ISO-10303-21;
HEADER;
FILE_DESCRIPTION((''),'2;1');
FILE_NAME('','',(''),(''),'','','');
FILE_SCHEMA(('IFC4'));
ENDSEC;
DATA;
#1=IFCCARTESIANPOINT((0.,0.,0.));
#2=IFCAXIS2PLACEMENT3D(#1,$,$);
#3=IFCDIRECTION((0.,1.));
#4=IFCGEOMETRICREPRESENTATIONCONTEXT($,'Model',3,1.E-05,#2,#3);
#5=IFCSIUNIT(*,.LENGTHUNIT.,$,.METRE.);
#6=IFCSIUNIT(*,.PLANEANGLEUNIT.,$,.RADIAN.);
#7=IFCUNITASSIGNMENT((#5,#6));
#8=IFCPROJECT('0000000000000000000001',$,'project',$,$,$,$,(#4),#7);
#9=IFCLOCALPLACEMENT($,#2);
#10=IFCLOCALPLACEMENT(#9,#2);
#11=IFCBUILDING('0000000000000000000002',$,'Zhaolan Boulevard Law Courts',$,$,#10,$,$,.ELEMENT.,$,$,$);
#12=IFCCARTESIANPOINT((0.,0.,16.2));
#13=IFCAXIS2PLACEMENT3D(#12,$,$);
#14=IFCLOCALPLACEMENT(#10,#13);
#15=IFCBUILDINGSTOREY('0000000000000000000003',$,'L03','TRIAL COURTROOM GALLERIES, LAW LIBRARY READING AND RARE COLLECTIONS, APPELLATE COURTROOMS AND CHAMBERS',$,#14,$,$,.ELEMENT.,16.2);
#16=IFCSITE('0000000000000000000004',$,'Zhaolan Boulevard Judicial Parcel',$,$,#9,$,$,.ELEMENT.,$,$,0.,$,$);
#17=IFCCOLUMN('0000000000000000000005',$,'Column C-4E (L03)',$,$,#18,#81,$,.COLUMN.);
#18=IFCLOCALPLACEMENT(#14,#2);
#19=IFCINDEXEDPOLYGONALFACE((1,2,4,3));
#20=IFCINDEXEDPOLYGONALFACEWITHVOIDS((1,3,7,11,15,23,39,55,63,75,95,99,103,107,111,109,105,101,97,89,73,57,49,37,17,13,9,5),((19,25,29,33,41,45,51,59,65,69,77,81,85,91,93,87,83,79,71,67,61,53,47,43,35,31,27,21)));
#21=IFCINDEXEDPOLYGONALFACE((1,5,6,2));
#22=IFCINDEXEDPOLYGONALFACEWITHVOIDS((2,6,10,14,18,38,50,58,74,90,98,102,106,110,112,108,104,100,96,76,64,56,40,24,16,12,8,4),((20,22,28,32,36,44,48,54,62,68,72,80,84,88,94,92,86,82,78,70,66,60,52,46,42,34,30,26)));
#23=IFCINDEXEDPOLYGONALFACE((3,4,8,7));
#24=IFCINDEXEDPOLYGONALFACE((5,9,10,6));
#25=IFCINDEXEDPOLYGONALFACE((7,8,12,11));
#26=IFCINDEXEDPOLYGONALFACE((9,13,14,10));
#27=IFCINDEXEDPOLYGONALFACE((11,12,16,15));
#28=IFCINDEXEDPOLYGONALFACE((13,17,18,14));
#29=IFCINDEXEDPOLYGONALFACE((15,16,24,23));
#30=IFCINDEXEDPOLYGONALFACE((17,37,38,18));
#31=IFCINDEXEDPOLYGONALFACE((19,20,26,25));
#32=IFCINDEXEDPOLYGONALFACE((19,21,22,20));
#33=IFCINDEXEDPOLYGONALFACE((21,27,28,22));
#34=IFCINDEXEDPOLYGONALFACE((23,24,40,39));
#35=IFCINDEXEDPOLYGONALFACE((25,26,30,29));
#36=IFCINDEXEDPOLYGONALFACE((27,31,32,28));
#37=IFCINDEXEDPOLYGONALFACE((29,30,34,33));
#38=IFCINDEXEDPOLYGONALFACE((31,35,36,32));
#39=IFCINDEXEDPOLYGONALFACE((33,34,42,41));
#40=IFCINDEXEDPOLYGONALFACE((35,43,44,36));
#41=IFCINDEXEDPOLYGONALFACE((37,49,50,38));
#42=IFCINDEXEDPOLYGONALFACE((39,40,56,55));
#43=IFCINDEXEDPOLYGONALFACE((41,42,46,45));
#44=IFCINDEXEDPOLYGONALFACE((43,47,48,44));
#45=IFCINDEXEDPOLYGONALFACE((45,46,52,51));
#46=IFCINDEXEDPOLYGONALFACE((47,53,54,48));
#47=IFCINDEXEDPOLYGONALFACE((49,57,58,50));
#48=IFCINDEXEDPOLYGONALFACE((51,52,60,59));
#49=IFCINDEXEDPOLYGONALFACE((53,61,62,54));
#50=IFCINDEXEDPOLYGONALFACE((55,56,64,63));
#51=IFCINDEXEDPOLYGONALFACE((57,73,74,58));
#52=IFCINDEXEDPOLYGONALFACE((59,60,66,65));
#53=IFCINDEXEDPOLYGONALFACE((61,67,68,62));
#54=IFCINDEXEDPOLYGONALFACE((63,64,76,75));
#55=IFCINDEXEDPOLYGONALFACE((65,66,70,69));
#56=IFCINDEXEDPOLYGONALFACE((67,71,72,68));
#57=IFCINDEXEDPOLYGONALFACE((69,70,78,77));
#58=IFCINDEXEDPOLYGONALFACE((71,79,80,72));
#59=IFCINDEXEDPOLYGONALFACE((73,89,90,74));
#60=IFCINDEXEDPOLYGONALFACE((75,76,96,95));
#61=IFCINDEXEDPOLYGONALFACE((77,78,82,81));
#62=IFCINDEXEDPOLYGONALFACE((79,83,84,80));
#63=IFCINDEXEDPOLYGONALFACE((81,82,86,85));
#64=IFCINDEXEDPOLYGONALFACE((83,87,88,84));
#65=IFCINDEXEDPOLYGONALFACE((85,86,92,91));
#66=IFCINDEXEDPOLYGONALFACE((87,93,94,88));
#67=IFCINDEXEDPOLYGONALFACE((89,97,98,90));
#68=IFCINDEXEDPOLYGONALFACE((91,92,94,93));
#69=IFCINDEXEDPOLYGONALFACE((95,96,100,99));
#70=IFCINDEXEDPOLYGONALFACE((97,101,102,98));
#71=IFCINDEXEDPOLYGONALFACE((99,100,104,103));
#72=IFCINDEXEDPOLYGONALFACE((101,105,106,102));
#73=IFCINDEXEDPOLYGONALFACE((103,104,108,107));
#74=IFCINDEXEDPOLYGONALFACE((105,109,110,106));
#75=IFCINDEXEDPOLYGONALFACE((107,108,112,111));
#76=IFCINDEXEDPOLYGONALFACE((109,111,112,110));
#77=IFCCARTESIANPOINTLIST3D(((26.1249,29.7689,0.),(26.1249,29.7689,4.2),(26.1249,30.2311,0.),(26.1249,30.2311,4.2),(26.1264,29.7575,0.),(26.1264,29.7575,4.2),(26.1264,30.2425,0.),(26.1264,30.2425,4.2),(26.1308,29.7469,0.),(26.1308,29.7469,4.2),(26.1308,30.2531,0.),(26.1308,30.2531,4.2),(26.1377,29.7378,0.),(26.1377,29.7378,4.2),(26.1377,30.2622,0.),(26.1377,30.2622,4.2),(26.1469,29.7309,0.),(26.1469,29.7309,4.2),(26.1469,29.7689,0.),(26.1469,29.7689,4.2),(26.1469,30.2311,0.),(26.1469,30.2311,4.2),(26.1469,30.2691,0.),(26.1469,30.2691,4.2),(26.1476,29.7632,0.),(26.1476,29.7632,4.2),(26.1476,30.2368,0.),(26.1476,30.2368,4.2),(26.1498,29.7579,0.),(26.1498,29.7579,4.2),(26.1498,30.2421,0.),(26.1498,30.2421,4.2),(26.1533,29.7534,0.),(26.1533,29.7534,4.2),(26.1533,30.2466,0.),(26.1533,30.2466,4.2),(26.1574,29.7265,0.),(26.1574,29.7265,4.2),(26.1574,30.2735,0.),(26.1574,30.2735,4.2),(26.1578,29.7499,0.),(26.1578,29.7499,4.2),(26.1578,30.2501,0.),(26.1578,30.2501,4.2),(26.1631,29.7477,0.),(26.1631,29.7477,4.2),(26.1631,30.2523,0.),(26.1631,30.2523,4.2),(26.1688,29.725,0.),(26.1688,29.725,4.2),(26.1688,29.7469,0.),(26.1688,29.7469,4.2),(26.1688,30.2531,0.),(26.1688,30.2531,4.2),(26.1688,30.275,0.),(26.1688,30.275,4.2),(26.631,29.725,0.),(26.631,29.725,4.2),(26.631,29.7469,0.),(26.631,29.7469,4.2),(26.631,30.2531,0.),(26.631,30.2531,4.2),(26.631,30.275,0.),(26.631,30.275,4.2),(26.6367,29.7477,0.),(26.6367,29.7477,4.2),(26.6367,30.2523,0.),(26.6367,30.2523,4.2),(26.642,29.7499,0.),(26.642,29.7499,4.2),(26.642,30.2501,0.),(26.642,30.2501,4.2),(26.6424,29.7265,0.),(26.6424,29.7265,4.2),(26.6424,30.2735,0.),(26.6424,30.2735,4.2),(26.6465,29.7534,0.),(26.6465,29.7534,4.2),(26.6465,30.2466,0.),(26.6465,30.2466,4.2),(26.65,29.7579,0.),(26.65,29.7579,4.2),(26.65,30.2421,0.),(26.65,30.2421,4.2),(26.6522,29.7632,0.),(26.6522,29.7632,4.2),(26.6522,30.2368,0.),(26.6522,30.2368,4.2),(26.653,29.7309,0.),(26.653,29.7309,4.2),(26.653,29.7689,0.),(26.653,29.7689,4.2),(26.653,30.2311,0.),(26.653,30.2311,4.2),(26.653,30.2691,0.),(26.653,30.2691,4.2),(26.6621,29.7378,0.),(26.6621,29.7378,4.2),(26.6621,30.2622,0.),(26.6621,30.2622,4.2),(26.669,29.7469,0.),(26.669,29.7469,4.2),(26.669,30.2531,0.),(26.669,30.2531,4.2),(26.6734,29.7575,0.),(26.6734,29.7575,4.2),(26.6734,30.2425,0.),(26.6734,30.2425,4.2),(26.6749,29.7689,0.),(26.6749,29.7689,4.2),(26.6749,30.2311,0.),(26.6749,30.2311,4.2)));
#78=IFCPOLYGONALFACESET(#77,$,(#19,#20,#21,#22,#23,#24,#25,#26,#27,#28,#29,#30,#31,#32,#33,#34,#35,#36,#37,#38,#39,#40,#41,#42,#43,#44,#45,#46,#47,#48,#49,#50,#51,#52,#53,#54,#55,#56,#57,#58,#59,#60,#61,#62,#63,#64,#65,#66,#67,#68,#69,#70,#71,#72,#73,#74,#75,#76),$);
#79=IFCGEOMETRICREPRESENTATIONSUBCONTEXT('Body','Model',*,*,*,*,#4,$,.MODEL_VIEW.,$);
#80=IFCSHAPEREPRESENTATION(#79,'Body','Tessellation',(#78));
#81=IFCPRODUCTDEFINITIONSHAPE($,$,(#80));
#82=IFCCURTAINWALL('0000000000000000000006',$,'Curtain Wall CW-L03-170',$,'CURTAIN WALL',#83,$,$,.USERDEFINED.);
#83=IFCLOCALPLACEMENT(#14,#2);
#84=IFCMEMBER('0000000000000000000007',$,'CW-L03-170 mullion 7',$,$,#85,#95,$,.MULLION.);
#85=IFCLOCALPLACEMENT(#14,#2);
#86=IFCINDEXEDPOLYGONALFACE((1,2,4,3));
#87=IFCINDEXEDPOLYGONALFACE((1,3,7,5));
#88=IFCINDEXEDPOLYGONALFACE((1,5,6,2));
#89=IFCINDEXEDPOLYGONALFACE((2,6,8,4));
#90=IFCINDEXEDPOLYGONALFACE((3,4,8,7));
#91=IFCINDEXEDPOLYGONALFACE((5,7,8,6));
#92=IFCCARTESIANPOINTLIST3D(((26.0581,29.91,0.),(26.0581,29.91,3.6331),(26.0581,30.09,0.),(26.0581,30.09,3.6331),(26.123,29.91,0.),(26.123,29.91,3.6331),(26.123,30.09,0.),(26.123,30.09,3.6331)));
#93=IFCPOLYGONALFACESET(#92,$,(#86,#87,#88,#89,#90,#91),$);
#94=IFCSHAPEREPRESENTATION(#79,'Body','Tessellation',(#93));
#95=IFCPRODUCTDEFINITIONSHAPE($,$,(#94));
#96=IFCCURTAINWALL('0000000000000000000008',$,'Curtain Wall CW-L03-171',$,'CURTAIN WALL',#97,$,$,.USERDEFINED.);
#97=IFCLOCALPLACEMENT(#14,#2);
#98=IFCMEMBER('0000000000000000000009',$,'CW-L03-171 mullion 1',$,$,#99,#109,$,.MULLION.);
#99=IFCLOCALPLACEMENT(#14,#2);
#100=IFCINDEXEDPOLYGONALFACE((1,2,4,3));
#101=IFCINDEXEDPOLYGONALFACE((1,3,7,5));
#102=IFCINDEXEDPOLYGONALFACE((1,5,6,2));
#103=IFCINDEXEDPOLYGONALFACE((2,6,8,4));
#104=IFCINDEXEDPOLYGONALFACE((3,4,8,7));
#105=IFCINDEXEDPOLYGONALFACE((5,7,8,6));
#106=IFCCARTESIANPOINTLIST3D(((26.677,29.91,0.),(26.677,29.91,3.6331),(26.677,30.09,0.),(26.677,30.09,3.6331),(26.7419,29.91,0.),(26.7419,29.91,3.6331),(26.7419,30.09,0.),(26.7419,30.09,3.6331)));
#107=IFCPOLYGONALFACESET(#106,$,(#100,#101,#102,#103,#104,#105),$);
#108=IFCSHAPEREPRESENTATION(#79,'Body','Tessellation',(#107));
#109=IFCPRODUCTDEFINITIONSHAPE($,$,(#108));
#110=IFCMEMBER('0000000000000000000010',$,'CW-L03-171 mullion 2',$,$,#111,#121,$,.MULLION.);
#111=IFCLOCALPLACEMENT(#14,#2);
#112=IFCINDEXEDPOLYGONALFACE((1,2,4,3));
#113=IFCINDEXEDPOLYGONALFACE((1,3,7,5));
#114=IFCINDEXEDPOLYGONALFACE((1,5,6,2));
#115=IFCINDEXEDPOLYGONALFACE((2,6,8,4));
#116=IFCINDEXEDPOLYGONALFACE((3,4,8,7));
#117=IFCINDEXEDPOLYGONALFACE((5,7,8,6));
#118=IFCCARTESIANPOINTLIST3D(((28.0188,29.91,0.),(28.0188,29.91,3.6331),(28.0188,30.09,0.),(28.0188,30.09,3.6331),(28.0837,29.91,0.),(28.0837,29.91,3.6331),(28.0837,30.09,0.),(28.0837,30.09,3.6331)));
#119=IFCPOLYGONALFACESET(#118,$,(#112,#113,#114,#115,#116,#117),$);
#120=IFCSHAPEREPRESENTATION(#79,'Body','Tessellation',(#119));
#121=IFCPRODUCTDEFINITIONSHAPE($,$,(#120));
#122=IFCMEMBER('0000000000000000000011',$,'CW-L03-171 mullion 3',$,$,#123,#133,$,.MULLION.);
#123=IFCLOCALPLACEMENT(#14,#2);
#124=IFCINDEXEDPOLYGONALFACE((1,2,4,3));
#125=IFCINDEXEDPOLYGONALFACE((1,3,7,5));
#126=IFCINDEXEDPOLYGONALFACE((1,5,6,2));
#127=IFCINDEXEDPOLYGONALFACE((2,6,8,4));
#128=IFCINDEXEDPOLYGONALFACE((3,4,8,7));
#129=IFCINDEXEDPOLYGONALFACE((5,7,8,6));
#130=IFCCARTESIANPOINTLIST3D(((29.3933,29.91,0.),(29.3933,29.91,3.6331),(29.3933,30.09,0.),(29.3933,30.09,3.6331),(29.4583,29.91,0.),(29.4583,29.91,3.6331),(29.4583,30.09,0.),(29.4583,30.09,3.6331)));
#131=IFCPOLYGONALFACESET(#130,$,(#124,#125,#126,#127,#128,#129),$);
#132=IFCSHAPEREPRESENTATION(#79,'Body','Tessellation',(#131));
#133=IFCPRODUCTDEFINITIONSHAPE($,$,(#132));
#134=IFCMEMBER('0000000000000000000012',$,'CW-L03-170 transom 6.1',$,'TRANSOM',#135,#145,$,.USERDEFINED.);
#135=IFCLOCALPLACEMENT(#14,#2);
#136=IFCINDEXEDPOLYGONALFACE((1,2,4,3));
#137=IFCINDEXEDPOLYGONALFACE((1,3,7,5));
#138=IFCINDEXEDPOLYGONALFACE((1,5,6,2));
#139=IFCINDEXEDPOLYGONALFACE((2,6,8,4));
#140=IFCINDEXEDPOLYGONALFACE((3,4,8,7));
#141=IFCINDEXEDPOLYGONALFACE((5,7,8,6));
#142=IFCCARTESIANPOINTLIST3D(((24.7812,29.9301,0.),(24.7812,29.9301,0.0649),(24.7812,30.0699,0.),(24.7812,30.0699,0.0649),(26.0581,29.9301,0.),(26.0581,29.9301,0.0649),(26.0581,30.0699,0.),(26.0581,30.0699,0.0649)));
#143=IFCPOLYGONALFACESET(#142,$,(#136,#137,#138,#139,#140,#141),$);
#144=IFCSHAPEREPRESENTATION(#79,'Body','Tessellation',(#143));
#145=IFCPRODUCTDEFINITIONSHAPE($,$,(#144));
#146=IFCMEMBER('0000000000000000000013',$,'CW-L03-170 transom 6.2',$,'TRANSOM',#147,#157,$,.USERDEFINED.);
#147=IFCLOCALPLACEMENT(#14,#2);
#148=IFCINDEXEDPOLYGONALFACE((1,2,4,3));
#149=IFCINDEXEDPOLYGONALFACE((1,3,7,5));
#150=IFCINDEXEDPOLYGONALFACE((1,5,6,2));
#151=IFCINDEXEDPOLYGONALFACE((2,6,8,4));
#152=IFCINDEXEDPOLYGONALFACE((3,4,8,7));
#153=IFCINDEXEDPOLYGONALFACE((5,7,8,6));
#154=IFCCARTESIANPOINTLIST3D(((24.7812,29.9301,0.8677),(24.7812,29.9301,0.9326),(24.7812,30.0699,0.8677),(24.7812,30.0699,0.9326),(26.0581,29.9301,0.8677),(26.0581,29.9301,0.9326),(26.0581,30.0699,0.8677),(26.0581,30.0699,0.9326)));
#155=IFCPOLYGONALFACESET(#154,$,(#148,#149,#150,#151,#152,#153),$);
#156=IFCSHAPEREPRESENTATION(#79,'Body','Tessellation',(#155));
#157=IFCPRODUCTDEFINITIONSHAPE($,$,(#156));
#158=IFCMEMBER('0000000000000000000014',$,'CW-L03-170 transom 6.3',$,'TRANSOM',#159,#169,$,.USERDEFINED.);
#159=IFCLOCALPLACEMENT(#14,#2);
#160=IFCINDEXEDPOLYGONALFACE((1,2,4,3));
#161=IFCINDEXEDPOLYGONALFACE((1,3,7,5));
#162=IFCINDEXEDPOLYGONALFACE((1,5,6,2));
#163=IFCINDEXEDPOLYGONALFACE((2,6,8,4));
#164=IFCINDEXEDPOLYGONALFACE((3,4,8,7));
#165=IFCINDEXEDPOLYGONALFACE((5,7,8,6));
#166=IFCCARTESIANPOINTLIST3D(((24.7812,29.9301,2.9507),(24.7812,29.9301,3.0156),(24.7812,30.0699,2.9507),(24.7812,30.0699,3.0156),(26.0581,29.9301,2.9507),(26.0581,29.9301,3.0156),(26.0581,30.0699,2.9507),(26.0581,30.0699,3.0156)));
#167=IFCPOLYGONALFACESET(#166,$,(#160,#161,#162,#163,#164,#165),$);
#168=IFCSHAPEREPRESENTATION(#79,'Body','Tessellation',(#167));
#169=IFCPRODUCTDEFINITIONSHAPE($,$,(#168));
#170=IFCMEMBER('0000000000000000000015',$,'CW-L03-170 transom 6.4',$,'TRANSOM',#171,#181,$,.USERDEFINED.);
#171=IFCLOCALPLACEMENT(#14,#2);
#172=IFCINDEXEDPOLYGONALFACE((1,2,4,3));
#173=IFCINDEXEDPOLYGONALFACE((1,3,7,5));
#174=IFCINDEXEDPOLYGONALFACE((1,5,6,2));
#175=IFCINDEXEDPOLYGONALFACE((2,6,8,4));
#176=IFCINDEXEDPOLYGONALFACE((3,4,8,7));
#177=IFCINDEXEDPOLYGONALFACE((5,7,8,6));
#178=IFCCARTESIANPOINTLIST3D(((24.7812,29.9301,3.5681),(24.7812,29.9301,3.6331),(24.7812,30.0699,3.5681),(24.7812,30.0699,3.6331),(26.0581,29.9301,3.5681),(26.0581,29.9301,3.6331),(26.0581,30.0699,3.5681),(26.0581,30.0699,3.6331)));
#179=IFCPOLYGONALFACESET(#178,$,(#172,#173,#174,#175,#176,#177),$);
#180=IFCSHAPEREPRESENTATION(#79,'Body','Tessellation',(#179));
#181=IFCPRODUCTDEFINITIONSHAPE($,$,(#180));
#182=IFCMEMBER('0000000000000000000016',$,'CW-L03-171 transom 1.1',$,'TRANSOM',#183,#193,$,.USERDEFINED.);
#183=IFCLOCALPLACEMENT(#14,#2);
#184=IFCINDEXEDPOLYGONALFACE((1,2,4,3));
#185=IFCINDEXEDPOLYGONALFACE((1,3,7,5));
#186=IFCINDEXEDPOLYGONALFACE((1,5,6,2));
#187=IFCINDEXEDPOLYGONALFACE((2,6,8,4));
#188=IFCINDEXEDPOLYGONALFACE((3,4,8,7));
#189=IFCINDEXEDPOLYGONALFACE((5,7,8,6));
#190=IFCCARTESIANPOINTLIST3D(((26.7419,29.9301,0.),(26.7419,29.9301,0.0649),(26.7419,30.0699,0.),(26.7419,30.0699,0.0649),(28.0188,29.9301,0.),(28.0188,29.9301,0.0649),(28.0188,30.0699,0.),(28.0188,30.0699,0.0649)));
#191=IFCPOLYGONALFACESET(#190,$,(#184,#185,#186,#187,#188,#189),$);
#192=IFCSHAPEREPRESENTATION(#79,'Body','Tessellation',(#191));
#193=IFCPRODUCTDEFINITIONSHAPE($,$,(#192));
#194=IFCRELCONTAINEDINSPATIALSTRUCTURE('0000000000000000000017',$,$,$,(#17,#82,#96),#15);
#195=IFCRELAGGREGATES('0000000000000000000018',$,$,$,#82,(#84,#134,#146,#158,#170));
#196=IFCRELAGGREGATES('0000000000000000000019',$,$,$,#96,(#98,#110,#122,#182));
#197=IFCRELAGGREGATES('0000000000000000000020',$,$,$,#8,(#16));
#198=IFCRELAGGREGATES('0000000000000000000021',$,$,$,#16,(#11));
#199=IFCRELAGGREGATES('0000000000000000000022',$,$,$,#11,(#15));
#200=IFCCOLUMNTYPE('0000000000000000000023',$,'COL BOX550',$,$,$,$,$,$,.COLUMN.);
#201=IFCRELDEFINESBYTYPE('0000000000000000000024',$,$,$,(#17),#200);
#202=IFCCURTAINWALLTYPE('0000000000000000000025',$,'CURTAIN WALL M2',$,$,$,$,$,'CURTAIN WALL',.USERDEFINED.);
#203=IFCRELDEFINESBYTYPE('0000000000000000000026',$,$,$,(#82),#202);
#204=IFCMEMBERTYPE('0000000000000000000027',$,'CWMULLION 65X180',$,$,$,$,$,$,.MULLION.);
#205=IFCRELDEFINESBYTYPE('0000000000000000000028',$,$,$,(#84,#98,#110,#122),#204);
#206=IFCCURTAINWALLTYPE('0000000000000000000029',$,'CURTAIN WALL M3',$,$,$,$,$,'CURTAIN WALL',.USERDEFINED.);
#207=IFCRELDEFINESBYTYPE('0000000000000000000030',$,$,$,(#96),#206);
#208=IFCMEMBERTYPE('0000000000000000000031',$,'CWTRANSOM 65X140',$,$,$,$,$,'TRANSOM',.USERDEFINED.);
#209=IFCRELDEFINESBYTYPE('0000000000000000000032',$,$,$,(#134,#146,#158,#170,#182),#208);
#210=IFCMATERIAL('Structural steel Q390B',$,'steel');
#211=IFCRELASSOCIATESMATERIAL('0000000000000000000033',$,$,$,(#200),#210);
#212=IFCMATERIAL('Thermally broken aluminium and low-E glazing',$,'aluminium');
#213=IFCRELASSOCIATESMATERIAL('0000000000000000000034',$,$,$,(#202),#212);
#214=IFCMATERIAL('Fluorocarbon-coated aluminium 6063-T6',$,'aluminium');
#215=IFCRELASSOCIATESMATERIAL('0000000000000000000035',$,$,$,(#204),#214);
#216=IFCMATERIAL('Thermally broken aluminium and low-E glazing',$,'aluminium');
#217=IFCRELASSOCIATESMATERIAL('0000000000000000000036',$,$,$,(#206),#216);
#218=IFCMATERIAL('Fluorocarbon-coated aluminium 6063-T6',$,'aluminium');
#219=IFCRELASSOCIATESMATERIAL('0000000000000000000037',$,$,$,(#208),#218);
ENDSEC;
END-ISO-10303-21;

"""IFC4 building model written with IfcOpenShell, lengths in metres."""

from ifc_helpers import new_model, si_unit, direction, frame, origin, origin_2d, place, context, subcontext, project, spatial, rectangle, hollow_rectangle, extrude, material, material_profile, profile_set, type_object, element, aggregate, save


model = new_model("IFC4")

# Units and contexts
model_context = context("Model", 3, precision=1e-05, world=origin(), true_north=direction((0.0, 1.0)))
body_context = subcontext(model_context, "Body", "Model", "MODEL_VIEW")
ifc_project = project(units=[si_unit("LENGTHUNIT", "METRE"), si_unit("PLANEANGLEUNIT", "RADIAN")], contexts=[model_context])

# Site, building, storey
site_placement = place(None, origin())
site = spatial("IfcSite", under=ifc_project, at=site_placement, Name="Zhaolan Boulevard Judicial Parcel", CompositionType="ELEMENT", RefElevation=0.0)
building_placement = place(site_placement, origin())
building = spatial("IfcBuilding", under=site, at=building_placement, Name="Zhaolan Boulevard Law Courts", CompositionType="ELEMENT")
storey_placement = place(building_placement, frame((0.0, 0.0, 16.2)))
storey = spatial("IfcBuildingStorey", under=building, at=storey_placement, Name="L03", Description="TRIAL COURTROOM GALLERIES, LAW LIBRARY READING AND RARE COLLECTIONS, APPELLATE COURTROOMS AND CHAMBERS", CompositionType="ELEMENT", Elevation=16.2)

# Column
ifc_material_1 = material(Name="Structural steel Q390B", Category="steel")
ifc_material_profile_1 = material_profile(ifc_material_1, hollow_rectangle(XDim=0.55, YDim=0.55, WallThickness=0.022, InnerFilletRadius=0.022, OuterFilletRadius=0.0439, at=origin_2d()), Name="BOX550x550x22")
ifc_profile_set_1 = profile_set([ifc_material_profile_1], Name="Structural steel Q390B")
column_type = type_object("IfcColumnType", Name="COL BOX550", PredefinedType="COLUMN", material=ifc_profile_set_1)
column_placement = place(storey_placement, frame((26.3999, 30.0, 0.0), z_axis=(0.0, 0.0, 1.0), x_axis=(1.0, 0.0, 0.0)))
element("IfcColumn", 1, at=column_placement, inside=storey, type_object=column_type, Name="Column C-4E (L03)", PredefinedType="COLUMN", context=body_context, shape_type="SweptSolid", body=[
    extrude(hollow_rectangle(XDim=0.55, YDim=0.55, WallThickness=0.022, InnerFilletRadius=0.022, OuterFilletRadius=0.0439, at=origin_2d()), origin(), (0.0, 0.0, 1.0), 4.2),
])

# Curtain wall, member
ifc_material_2 = material(Name="Thermally broken aluminium and low-E glazing", Category="aluminium")
curtain_wall_type_1 = type_object("IfcCurtainWallType", Name="CURTAIN WALL M2", ElementType="CURTAIN WALL", PredefinedType="USERDEFINED", material=ifc_material_2)
curtain_wall_1_placement = place(storey_placement, origin())
curtain_wall_1 = element("IfcCurtainWall", 2, at=curtain_wall_1_placement, inside=storey, type_object=curtain_wall_type_1, Name="Curtain Wall CW-L03-170", ObjectType="CURTAIN WALL", PredefinedType="USERDEFINED")
ifc_material_3 = material(Name="Fluorocarbon-coated aluminium 6063-T6", Category="aluminium")
ifc_material_profile_2 = material_profile(ifc_material_3, rectangle(XDim=0.1799, YDim=0.0649, at=origin_2d()), Name="AL65x180")
ifc_profile_set_2 = profile_set([ifc_material_profile_2], Name="Fluorocarbon-coated aluminium 6063-T6")
member_type_1 = type_object("IfcMemberType", Name="CWMULLION 65X180", PredefinedType="MULLION", material=ifc_profile_set_2)
member_1_placement = place(storey_placement, frame((26.0906, 30.0, 0.0), z_axis=(0.0, 0.0, 1.0), x_axis=(0.0, 1.0, 0.0)))
member_1 = element("IfcMember", 3, at=member_1_placement, type_object=member_type_1, Name="CW-L03-170 mullion 7", PredefinedType="MULLION", context=body_context, shape_type="SweptSolid", body=[
    extrude(rectangle(XDim=0.1799, YDim=0.0649, at=origin_2d()), origin(), (0.0, 0.0, 1.0), 3.6331),
])

# Curtain wall, members
ifc_material_4 = material(Name="Thermally broken aluminium and low-E glazing", Category="aluminium")
curtain_wall_type_2 = type_object("IfcCurtainWallType", Name="CURTAIN WALL M3", ElementType="CURTAIN WALL", PredefinedType="USERDEFINED", material=ifc_material_4)
curtain_wall_2_placement = place(storey_placement, origin())
curtain_wall_2 = element("IfcCurtainWall", 4, at=curtain_wall_2_placement, inside=storey, type_object=curtain_wall_type_2, Name="Curtain Wall CW-L03-171", ObjectType="CURTAIN WALL", PredefinedType="USERDEFINED")
member_2_placement = place(storey_placement, frame((26.7095, 30.0, 0.0), z_axis=(0.0, 0.0, 1.0), x_axis=(0.0, 1.0, 0.0)))
member_2 = element("IfcMember", 5, at=member_2_placement, type_object=member_type_1, Name="CW-L03-171 mullion 1", PredefinedType="MULLION", context=body_context, shape_type="SweptSolid", body=[
    extrude(rectangle(XDim=0.1799, YDim=0.0649, at=origin_2d()), origin(), (0.0, 0.0, 1.0), 3.6331),
])
member_3_placement = place(storey_placement, frame((28.0513, 30.0, 0.0), z_axis=(0.0, 0.0, 1.0), x_axis=(0.0, 1.0, 0.0)))
member_3 = element("IfcMember", 6, at=member_3_placement, type_object=member_type_1, Name="CW-L03-171 mullion 2", PredefinedType="MULLION", context=body_context, shape_type="SweptSolid", body=[
    extrude(rectangle(XDim=0.1799, YDim=0.0649, at=origin_2d()), origin(), (0.0, 0.0, 1.0), 3.6331),
])
member_4_placement = place(storey_placement, frame((29.4258, 30.0, 0.0), z_axis=(0.0, 0.0, 1.0), x_axis=(0.0, 1.0, 0.0)))
member_4 = element("IfcMember", 7, at=member_4_placement, type_object=member_type_1, Name="CW-L03-171 mullion 3", PredefinedType="MULLION", context=body_context, shape_type="SweptSolid", body=[
    extrude(rectangle(XDim=0.1799, YDim=0.0649, at=origin_2d()), origin(), (0.0, 0.0, 1.0), 3.6331),
])

# Members
ifc_material_5 = material(Name="Fluorocarbon-coated aluminium 6063-T6", Category="aluminium")
ifc_material_profile_3 = material_profile(ifc_material_5, rectangle(XDim=0.1399, YDim=0.0649, at=origin_2d()), Name="AL65x140")
ifc_profile_set_3 = profile_set([ifc_material_profile_3], Name="Fluorocarbon-coated aluminium 6063-T6")
member_type_2 = type_object("IfcMemberType", Name="CWTRANSOM 65X140", ElementType="TRANSOM", PredefinedType="USERDEFINED", material=ifc_profile_set_3)
member_5_placement = place(storey_placement, frame((24.7812, 30.0, 0.0325), z_axis=(1.0, 0.0, 0.0), x_axis=(0.0, 1.0, 0.0)))
member_5 = element("IfcMember", 8, at=member_5_placement, type_object=member_type_2, Name="CW-L03-170 transom 6.1", ObjectType="TRANSOM", PredefinedType="USERDEFINED", context=body_context, shape_type="SweptSolid", body=[
    extrude(rectangle(XDim=0.1399, YDim=0.0649, at=origin_2d()), origin(), (0.0, 0.0, 1.0), 1.2769),
])
member_6_placement = place(storey_placement, frame((24.7812, 30.0, 0.9001), z_axis=(1.0, 0.0, 0.0), x_axis=(0.0, 1.0, 0.0)))
member_6 = element("IfcMember", 9, at=member_6_placement, type_object=member_type_2, Name="CW-L03-170 transom 6.2", ObjectType="TRANSOM", PredefinedType="USERDEFINED", context=body_context, shape_type="SweptSolid", body=[
    extrude(rectangle(XDim=0.1399, YDim=0.0649, at=origin_2d()), origin(), (0.0, 0.0, 1.0), 1.2769),
])
member_7_placement = place(storey_placement, frame((24.7812, 30.0, 2.9832), z_axis=(1.0, 0.0, 0.0), x_axis=(0.0, 1.0, 0.0)))
member_7 = element("IfcMember", 10, at=member_7_placement, type_object=member_type_2, Name="CW-L03-170 transom 6.3", ObjectType="TRANSOM", PredefinedType="USERDEFINED", context=body_context, shape_type="SweptSolid", body=[
    extrude(rectangle(XDim=0.1399, YDim=0.0649, at=origin_2d()), origin(), (0.0, 0.0, 1.0), 1.2769),
])
member_8_placement = place(storey_placement, frame((24.7812, 30.0, 3.6006), z_axis=(1.0, 0.0, 0.0), x_axis=(0.0, 1.0, 0.0)))
member_8 = element("IfcMember", 11, at=member_8_placement, type_object=member_type_2, Name="CW-L03-170 transom 6.4", ObjectType="TRANSOM", PredefinedType="USERDEFINED", context=body_context, shape_type="SweptSolid", body=[
    extrude(rectangle(XDim=0.1399, YDim=0.0649, at=origin_2d()), origin(), (0.0, 0.0, 1.0), 1.2769),
])
member_9_placement = place(storey_placement, frame((26.7419, 30.0, 0.0325), z_axis=(1.0, 0.0, 0.0), x_axis=(0.0, 1.0, 0.0)))
member_9 = element("IfcMember", 12, at=member_9_placement, type_object=member_type_2, Name="CW-L03-171 transom 1.1", ObjectType="TRANSOM", PredefinedType="USERDEFINED", context=body_context, shape_type="SweptSolid", body=[
    extrude(rectangle(XDim=0.1399, YDim=0.0649, at=origin_2d()), origin(), (0.0, 0.0, 1.0), 1.2769),
])

aggregate(curtain_wall_1, [member_1, member_5, member_6, member_7, member_8])
aggregate(curtain_wall_2, [member_2, member_3, member_4, member_9])

save(model, "model.ifc")
